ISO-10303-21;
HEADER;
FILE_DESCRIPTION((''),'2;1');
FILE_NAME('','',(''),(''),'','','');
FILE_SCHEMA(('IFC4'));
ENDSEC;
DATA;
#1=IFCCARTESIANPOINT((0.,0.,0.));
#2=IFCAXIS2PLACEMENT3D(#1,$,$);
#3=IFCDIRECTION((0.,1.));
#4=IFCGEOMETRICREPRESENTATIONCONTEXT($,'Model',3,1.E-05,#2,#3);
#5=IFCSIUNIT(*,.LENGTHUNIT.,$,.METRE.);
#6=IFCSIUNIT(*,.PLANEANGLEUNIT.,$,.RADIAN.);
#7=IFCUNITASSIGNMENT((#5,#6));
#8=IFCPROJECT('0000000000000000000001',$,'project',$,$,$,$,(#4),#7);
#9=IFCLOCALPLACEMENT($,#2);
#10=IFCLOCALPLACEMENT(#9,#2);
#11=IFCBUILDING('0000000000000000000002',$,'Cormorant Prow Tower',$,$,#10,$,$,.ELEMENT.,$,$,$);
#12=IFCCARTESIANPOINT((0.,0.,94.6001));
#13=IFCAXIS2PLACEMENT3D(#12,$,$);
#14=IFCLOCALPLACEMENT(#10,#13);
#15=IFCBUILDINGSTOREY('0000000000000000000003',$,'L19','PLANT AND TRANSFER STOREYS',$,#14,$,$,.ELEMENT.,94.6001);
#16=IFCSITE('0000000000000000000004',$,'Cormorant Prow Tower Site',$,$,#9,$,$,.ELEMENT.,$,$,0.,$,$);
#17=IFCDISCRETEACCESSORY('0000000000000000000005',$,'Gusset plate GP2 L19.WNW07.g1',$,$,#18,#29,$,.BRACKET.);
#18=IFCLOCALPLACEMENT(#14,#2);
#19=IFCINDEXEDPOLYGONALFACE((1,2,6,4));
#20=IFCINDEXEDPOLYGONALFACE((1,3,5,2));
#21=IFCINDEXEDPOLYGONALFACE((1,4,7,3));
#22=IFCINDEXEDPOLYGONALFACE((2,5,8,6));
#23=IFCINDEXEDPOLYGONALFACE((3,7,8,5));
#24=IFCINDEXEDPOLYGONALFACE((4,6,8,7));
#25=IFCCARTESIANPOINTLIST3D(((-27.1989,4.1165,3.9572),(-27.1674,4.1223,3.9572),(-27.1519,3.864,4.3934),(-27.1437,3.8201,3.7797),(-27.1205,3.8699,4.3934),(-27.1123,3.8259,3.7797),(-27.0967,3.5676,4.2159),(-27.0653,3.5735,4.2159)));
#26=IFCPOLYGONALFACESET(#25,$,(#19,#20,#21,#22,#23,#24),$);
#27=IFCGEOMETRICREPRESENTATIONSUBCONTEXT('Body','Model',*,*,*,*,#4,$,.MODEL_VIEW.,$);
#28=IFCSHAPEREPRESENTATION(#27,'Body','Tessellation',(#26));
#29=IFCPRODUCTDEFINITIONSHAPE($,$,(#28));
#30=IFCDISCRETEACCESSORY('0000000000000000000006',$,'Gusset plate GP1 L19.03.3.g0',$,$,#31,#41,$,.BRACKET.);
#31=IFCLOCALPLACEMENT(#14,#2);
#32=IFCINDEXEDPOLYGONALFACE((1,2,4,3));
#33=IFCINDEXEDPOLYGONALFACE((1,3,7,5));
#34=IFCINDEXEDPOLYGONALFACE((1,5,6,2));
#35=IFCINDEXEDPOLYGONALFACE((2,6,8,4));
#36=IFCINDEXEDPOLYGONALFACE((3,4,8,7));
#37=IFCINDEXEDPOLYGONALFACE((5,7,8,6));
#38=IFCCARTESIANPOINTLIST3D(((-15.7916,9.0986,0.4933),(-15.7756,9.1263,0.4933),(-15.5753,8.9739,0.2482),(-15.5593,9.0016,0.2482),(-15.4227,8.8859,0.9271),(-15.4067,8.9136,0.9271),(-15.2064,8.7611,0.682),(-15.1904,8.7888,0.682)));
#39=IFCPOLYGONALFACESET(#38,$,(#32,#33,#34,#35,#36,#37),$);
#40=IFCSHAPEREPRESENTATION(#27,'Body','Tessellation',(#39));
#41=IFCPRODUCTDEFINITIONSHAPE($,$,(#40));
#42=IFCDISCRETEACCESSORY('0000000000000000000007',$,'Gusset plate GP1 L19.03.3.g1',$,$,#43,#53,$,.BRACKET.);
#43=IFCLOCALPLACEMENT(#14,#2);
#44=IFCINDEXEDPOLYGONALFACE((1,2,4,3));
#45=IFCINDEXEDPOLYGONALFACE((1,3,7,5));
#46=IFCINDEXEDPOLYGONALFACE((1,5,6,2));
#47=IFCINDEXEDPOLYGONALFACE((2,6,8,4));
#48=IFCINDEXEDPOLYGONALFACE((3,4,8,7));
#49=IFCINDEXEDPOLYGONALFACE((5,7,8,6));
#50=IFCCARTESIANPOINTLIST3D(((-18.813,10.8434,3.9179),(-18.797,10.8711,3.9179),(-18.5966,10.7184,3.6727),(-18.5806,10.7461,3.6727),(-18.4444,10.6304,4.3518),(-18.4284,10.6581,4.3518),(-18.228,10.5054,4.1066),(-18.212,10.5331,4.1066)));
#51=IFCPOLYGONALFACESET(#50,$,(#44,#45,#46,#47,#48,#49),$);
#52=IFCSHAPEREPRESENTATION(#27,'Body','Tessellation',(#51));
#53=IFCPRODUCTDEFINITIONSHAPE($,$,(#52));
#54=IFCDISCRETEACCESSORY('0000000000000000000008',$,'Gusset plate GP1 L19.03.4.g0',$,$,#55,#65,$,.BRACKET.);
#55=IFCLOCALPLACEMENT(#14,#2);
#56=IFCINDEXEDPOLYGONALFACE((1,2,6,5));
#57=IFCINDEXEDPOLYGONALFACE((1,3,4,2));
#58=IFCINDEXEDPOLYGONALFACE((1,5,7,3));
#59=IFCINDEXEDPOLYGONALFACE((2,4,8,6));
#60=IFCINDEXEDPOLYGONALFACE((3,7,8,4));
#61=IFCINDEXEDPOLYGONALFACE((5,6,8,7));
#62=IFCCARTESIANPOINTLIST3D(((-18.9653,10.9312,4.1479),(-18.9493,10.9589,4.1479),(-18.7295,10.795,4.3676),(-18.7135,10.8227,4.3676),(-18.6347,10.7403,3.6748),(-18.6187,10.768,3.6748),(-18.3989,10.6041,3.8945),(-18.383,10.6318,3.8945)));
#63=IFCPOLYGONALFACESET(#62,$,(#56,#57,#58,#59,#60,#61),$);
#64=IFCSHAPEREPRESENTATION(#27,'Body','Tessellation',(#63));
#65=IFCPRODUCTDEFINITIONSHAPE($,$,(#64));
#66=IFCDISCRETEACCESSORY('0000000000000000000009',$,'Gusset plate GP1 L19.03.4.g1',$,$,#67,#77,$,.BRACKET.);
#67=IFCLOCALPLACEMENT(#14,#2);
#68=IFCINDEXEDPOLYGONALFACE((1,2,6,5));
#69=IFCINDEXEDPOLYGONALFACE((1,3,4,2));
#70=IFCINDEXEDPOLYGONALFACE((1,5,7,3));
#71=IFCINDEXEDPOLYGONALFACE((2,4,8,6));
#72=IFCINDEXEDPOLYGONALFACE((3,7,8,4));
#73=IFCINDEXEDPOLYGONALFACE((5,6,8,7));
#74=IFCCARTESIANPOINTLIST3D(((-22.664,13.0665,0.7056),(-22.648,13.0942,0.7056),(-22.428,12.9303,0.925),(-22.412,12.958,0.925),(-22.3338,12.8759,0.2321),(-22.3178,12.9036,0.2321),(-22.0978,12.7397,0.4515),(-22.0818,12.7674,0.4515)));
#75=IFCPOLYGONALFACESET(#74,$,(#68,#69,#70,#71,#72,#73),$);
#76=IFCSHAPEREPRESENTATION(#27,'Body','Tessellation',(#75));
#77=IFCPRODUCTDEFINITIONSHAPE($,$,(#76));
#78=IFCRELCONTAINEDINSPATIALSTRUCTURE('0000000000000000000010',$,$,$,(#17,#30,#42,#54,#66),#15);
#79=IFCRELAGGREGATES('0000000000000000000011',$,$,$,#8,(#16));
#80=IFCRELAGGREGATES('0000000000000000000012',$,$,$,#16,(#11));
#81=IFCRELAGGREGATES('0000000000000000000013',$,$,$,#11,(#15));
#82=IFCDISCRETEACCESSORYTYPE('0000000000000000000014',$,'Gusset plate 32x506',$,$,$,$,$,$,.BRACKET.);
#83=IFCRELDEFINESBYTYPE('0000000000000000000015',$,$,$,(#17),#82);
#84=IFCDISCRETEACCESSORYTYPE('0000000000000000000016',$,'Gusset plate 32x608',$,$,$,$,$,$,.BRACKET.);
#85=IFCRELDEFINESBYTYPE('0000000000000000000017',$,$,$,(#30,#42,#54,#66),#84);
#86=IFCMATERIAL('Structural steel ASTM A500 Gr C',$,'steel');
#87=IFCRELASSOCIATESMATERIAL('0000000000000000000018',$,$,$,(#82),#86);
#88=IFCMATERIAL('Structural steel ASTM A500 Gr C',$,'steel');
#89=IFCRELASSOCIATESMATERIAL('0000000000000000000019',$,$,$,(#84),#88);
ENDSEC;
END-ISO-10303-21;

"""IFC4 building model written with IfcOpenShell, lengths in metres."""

from ifc_helpers import new_model, si_unit, direction, frame, origin, origin_2d, place, context, subcontext, project, spatial, rectangle, extrude, material, material_profile, profile_set, type_object, element, save


model = new_model("IFC4")

# Units and contexts
model_context = context("Model", 3, precision=1e-05, world=origin(), true_north=direction((0.0, 1.0)))
body_context = subcontext(model_context, "Body", "Model", "MODEL_VIEW")
ifc_project = project(units=[si_unit("LENGTHUNIT", "METRE"), si_unit("PLANEANGLEUNIT", "RADIAN")], contexts=[model_context])

# Site, building, storey
site_placement = place(None, origin())
site = spatial("IfcSite", under=ifc_project, at=site_placement, Name="Cormorant Prow Tower Site", CompositionType="ELEMENT", RefElevation=0.0)
building_placement = place(site_placement, origin())
building = spatial("IfcBuilding", under=site, at=building_placement, Name="Cormorant Prow Tower", CompositionType="ELEMENT")
storey_placement = place(building_placement, frame((0.0, 0.0, 94.6001)))
storey = spatial("IfcBuildingStorey", under=building, at=storey_placement, Name="L19", Description="PLANT AND TRANSFER STOREYS", CompositionType="ELEMENT", Elevation=94.6001)

# Discrete accessories
ifc_material_1 = material(Name="Structural steel ASTM A500 Gr C", Category="steel")
ifc_material_profile_1 = material_profile(ifc_material_1, rectangle(XDim=0.032, YDim=0.5061, at=origin_2d()), Name="Gusset plate 32x506")
ifc_profile_set_1 = profile_set([ifc_material_profile_1], Name="Structural steel ASTM A500 Gr C")
discrete_accessory_type_1 = type_object("IfcDiscreteAccessoryType", Name="Gusset plate 32x506", PredefinedType="BRACKET", material=ifc_profile_set_1)
discrete_accessory_1_placement = place(storey_placement, frame((-27.1045, 3.6968, 3.9978), z_axis=(-0.157714, 0.847192, 0.507338), x_axis=(-0.98311, -0.183017, 0.0)))
element("IfcDiscreteAccessory", 1, at=discrete_accessory_1_placement, inside=storey, type_object=discrete_accessory_type_1, Name="Gusset plate GP2 L19.WNW07.g1", PredefinedType="BRACKET", context=body_context, shape_type="SweptSolid", body=[
    extrude(rectangle(XDim=0.032, YDim=0.5061, at=origin_2d()), origin(), (0.0, 0.0, 1.0), 0.3499),
])
ifc_material_2 = material(Name="Structural steel ASTM A500 Gr C", Category="steel")
ifc_material_profile_2 = material_profile(ifc_material_2, rectangle(XDim=0.032, YDim=0.6079, at=origin_2d()), Name="Gusset plate 32x608")
ifc_profile_set_2 = profile_set([ifc_material_profile_2], Name="Structural steel ASTM A500 Gr C")
discrete_accessory_type_2 = type_object("IfcDiscreteAccessoryType", Name="Gusset plate 32x608", PredefinedType="BRACKET", material=ifc_profile_set_2)
discrete_accessory_2_placement = place(storey_placement, frame((-15.5991, 9.0061, 0.7102), z_axis=(0.618186, -0.356539, -0.700518), x_axis=(0.49961, 0.866251, 0.0)))
element("IfcDiscreteAccessory", 2, at=discrete_accessory_2_placement, inside=storey, type_object=discrete_accessory_type_2, Name="Gusset plate GP1 L19.03.3.g0", PredefinedType="BRACKET", context=body_context, shape_type="SweptSolid", body=[
    extrude(rectangle(XDim=0.032, YDim=0.6079, at=origin_2d()), origin(), (0.0, 0.0, 1.0), 0.3499),
])
discrete_accessory_3_placement = place(storey_placement, frame((-18.4043, 10.6257, 3.8896), z_axis=(-0.618033, 0.357147, 0.700344), x_axis=(-0.500343, -0.865827, 0.0)))
element("IfcDiscreteAccessory", 3, at=discrete_accessory_3_placement, inside=storey, type_object=discrete_accessory_type_2, Name="Gusset plate GP1 L19.03.3.g1", PredefinedType="BRACKET", context=body_context, shape_type="SweptSolid", body=[
    extrude(rectangle(XDim=0.032, YDim=0.6079, at=origin_2d()), origin(), (0.0, 0.0, 1.0), 0.3501),
])
for number, where, z_axis, x_axis, name in (
    (4, (-18.792, 10.8496, 3.9114), (0.673941, -0.389295, 0.627895), (0.500188, 0.865917, 0.0), "Gusset plate GP1 L19.03.4.g0"),
    (5, (-22.2549, 12.8489, 0.6882), (-0.674617, 0.389282, -0.627177), (-0.4998, -0.866141, 0.0), "Gusset plate GP1 L19.03.4.g1"),
):
    element("IfcDiscreteAccessory", number, at=place(storey_placement, frame(where, z_axis=z_axis, x_axis=x_axis)), inside=storey, type_object=discrete_accessory_type_2, Name=name, PredefinedType="BRACKET", context=body_context, shape_type="SweptSolid", body=[
        extrude(rectangle(XDim=0.032, YDim=0.6079, at=origin_2d()), origin(), (0.0, 0.0, 1.0), 0.3499),
    ])

save(model, "model.ifc")
